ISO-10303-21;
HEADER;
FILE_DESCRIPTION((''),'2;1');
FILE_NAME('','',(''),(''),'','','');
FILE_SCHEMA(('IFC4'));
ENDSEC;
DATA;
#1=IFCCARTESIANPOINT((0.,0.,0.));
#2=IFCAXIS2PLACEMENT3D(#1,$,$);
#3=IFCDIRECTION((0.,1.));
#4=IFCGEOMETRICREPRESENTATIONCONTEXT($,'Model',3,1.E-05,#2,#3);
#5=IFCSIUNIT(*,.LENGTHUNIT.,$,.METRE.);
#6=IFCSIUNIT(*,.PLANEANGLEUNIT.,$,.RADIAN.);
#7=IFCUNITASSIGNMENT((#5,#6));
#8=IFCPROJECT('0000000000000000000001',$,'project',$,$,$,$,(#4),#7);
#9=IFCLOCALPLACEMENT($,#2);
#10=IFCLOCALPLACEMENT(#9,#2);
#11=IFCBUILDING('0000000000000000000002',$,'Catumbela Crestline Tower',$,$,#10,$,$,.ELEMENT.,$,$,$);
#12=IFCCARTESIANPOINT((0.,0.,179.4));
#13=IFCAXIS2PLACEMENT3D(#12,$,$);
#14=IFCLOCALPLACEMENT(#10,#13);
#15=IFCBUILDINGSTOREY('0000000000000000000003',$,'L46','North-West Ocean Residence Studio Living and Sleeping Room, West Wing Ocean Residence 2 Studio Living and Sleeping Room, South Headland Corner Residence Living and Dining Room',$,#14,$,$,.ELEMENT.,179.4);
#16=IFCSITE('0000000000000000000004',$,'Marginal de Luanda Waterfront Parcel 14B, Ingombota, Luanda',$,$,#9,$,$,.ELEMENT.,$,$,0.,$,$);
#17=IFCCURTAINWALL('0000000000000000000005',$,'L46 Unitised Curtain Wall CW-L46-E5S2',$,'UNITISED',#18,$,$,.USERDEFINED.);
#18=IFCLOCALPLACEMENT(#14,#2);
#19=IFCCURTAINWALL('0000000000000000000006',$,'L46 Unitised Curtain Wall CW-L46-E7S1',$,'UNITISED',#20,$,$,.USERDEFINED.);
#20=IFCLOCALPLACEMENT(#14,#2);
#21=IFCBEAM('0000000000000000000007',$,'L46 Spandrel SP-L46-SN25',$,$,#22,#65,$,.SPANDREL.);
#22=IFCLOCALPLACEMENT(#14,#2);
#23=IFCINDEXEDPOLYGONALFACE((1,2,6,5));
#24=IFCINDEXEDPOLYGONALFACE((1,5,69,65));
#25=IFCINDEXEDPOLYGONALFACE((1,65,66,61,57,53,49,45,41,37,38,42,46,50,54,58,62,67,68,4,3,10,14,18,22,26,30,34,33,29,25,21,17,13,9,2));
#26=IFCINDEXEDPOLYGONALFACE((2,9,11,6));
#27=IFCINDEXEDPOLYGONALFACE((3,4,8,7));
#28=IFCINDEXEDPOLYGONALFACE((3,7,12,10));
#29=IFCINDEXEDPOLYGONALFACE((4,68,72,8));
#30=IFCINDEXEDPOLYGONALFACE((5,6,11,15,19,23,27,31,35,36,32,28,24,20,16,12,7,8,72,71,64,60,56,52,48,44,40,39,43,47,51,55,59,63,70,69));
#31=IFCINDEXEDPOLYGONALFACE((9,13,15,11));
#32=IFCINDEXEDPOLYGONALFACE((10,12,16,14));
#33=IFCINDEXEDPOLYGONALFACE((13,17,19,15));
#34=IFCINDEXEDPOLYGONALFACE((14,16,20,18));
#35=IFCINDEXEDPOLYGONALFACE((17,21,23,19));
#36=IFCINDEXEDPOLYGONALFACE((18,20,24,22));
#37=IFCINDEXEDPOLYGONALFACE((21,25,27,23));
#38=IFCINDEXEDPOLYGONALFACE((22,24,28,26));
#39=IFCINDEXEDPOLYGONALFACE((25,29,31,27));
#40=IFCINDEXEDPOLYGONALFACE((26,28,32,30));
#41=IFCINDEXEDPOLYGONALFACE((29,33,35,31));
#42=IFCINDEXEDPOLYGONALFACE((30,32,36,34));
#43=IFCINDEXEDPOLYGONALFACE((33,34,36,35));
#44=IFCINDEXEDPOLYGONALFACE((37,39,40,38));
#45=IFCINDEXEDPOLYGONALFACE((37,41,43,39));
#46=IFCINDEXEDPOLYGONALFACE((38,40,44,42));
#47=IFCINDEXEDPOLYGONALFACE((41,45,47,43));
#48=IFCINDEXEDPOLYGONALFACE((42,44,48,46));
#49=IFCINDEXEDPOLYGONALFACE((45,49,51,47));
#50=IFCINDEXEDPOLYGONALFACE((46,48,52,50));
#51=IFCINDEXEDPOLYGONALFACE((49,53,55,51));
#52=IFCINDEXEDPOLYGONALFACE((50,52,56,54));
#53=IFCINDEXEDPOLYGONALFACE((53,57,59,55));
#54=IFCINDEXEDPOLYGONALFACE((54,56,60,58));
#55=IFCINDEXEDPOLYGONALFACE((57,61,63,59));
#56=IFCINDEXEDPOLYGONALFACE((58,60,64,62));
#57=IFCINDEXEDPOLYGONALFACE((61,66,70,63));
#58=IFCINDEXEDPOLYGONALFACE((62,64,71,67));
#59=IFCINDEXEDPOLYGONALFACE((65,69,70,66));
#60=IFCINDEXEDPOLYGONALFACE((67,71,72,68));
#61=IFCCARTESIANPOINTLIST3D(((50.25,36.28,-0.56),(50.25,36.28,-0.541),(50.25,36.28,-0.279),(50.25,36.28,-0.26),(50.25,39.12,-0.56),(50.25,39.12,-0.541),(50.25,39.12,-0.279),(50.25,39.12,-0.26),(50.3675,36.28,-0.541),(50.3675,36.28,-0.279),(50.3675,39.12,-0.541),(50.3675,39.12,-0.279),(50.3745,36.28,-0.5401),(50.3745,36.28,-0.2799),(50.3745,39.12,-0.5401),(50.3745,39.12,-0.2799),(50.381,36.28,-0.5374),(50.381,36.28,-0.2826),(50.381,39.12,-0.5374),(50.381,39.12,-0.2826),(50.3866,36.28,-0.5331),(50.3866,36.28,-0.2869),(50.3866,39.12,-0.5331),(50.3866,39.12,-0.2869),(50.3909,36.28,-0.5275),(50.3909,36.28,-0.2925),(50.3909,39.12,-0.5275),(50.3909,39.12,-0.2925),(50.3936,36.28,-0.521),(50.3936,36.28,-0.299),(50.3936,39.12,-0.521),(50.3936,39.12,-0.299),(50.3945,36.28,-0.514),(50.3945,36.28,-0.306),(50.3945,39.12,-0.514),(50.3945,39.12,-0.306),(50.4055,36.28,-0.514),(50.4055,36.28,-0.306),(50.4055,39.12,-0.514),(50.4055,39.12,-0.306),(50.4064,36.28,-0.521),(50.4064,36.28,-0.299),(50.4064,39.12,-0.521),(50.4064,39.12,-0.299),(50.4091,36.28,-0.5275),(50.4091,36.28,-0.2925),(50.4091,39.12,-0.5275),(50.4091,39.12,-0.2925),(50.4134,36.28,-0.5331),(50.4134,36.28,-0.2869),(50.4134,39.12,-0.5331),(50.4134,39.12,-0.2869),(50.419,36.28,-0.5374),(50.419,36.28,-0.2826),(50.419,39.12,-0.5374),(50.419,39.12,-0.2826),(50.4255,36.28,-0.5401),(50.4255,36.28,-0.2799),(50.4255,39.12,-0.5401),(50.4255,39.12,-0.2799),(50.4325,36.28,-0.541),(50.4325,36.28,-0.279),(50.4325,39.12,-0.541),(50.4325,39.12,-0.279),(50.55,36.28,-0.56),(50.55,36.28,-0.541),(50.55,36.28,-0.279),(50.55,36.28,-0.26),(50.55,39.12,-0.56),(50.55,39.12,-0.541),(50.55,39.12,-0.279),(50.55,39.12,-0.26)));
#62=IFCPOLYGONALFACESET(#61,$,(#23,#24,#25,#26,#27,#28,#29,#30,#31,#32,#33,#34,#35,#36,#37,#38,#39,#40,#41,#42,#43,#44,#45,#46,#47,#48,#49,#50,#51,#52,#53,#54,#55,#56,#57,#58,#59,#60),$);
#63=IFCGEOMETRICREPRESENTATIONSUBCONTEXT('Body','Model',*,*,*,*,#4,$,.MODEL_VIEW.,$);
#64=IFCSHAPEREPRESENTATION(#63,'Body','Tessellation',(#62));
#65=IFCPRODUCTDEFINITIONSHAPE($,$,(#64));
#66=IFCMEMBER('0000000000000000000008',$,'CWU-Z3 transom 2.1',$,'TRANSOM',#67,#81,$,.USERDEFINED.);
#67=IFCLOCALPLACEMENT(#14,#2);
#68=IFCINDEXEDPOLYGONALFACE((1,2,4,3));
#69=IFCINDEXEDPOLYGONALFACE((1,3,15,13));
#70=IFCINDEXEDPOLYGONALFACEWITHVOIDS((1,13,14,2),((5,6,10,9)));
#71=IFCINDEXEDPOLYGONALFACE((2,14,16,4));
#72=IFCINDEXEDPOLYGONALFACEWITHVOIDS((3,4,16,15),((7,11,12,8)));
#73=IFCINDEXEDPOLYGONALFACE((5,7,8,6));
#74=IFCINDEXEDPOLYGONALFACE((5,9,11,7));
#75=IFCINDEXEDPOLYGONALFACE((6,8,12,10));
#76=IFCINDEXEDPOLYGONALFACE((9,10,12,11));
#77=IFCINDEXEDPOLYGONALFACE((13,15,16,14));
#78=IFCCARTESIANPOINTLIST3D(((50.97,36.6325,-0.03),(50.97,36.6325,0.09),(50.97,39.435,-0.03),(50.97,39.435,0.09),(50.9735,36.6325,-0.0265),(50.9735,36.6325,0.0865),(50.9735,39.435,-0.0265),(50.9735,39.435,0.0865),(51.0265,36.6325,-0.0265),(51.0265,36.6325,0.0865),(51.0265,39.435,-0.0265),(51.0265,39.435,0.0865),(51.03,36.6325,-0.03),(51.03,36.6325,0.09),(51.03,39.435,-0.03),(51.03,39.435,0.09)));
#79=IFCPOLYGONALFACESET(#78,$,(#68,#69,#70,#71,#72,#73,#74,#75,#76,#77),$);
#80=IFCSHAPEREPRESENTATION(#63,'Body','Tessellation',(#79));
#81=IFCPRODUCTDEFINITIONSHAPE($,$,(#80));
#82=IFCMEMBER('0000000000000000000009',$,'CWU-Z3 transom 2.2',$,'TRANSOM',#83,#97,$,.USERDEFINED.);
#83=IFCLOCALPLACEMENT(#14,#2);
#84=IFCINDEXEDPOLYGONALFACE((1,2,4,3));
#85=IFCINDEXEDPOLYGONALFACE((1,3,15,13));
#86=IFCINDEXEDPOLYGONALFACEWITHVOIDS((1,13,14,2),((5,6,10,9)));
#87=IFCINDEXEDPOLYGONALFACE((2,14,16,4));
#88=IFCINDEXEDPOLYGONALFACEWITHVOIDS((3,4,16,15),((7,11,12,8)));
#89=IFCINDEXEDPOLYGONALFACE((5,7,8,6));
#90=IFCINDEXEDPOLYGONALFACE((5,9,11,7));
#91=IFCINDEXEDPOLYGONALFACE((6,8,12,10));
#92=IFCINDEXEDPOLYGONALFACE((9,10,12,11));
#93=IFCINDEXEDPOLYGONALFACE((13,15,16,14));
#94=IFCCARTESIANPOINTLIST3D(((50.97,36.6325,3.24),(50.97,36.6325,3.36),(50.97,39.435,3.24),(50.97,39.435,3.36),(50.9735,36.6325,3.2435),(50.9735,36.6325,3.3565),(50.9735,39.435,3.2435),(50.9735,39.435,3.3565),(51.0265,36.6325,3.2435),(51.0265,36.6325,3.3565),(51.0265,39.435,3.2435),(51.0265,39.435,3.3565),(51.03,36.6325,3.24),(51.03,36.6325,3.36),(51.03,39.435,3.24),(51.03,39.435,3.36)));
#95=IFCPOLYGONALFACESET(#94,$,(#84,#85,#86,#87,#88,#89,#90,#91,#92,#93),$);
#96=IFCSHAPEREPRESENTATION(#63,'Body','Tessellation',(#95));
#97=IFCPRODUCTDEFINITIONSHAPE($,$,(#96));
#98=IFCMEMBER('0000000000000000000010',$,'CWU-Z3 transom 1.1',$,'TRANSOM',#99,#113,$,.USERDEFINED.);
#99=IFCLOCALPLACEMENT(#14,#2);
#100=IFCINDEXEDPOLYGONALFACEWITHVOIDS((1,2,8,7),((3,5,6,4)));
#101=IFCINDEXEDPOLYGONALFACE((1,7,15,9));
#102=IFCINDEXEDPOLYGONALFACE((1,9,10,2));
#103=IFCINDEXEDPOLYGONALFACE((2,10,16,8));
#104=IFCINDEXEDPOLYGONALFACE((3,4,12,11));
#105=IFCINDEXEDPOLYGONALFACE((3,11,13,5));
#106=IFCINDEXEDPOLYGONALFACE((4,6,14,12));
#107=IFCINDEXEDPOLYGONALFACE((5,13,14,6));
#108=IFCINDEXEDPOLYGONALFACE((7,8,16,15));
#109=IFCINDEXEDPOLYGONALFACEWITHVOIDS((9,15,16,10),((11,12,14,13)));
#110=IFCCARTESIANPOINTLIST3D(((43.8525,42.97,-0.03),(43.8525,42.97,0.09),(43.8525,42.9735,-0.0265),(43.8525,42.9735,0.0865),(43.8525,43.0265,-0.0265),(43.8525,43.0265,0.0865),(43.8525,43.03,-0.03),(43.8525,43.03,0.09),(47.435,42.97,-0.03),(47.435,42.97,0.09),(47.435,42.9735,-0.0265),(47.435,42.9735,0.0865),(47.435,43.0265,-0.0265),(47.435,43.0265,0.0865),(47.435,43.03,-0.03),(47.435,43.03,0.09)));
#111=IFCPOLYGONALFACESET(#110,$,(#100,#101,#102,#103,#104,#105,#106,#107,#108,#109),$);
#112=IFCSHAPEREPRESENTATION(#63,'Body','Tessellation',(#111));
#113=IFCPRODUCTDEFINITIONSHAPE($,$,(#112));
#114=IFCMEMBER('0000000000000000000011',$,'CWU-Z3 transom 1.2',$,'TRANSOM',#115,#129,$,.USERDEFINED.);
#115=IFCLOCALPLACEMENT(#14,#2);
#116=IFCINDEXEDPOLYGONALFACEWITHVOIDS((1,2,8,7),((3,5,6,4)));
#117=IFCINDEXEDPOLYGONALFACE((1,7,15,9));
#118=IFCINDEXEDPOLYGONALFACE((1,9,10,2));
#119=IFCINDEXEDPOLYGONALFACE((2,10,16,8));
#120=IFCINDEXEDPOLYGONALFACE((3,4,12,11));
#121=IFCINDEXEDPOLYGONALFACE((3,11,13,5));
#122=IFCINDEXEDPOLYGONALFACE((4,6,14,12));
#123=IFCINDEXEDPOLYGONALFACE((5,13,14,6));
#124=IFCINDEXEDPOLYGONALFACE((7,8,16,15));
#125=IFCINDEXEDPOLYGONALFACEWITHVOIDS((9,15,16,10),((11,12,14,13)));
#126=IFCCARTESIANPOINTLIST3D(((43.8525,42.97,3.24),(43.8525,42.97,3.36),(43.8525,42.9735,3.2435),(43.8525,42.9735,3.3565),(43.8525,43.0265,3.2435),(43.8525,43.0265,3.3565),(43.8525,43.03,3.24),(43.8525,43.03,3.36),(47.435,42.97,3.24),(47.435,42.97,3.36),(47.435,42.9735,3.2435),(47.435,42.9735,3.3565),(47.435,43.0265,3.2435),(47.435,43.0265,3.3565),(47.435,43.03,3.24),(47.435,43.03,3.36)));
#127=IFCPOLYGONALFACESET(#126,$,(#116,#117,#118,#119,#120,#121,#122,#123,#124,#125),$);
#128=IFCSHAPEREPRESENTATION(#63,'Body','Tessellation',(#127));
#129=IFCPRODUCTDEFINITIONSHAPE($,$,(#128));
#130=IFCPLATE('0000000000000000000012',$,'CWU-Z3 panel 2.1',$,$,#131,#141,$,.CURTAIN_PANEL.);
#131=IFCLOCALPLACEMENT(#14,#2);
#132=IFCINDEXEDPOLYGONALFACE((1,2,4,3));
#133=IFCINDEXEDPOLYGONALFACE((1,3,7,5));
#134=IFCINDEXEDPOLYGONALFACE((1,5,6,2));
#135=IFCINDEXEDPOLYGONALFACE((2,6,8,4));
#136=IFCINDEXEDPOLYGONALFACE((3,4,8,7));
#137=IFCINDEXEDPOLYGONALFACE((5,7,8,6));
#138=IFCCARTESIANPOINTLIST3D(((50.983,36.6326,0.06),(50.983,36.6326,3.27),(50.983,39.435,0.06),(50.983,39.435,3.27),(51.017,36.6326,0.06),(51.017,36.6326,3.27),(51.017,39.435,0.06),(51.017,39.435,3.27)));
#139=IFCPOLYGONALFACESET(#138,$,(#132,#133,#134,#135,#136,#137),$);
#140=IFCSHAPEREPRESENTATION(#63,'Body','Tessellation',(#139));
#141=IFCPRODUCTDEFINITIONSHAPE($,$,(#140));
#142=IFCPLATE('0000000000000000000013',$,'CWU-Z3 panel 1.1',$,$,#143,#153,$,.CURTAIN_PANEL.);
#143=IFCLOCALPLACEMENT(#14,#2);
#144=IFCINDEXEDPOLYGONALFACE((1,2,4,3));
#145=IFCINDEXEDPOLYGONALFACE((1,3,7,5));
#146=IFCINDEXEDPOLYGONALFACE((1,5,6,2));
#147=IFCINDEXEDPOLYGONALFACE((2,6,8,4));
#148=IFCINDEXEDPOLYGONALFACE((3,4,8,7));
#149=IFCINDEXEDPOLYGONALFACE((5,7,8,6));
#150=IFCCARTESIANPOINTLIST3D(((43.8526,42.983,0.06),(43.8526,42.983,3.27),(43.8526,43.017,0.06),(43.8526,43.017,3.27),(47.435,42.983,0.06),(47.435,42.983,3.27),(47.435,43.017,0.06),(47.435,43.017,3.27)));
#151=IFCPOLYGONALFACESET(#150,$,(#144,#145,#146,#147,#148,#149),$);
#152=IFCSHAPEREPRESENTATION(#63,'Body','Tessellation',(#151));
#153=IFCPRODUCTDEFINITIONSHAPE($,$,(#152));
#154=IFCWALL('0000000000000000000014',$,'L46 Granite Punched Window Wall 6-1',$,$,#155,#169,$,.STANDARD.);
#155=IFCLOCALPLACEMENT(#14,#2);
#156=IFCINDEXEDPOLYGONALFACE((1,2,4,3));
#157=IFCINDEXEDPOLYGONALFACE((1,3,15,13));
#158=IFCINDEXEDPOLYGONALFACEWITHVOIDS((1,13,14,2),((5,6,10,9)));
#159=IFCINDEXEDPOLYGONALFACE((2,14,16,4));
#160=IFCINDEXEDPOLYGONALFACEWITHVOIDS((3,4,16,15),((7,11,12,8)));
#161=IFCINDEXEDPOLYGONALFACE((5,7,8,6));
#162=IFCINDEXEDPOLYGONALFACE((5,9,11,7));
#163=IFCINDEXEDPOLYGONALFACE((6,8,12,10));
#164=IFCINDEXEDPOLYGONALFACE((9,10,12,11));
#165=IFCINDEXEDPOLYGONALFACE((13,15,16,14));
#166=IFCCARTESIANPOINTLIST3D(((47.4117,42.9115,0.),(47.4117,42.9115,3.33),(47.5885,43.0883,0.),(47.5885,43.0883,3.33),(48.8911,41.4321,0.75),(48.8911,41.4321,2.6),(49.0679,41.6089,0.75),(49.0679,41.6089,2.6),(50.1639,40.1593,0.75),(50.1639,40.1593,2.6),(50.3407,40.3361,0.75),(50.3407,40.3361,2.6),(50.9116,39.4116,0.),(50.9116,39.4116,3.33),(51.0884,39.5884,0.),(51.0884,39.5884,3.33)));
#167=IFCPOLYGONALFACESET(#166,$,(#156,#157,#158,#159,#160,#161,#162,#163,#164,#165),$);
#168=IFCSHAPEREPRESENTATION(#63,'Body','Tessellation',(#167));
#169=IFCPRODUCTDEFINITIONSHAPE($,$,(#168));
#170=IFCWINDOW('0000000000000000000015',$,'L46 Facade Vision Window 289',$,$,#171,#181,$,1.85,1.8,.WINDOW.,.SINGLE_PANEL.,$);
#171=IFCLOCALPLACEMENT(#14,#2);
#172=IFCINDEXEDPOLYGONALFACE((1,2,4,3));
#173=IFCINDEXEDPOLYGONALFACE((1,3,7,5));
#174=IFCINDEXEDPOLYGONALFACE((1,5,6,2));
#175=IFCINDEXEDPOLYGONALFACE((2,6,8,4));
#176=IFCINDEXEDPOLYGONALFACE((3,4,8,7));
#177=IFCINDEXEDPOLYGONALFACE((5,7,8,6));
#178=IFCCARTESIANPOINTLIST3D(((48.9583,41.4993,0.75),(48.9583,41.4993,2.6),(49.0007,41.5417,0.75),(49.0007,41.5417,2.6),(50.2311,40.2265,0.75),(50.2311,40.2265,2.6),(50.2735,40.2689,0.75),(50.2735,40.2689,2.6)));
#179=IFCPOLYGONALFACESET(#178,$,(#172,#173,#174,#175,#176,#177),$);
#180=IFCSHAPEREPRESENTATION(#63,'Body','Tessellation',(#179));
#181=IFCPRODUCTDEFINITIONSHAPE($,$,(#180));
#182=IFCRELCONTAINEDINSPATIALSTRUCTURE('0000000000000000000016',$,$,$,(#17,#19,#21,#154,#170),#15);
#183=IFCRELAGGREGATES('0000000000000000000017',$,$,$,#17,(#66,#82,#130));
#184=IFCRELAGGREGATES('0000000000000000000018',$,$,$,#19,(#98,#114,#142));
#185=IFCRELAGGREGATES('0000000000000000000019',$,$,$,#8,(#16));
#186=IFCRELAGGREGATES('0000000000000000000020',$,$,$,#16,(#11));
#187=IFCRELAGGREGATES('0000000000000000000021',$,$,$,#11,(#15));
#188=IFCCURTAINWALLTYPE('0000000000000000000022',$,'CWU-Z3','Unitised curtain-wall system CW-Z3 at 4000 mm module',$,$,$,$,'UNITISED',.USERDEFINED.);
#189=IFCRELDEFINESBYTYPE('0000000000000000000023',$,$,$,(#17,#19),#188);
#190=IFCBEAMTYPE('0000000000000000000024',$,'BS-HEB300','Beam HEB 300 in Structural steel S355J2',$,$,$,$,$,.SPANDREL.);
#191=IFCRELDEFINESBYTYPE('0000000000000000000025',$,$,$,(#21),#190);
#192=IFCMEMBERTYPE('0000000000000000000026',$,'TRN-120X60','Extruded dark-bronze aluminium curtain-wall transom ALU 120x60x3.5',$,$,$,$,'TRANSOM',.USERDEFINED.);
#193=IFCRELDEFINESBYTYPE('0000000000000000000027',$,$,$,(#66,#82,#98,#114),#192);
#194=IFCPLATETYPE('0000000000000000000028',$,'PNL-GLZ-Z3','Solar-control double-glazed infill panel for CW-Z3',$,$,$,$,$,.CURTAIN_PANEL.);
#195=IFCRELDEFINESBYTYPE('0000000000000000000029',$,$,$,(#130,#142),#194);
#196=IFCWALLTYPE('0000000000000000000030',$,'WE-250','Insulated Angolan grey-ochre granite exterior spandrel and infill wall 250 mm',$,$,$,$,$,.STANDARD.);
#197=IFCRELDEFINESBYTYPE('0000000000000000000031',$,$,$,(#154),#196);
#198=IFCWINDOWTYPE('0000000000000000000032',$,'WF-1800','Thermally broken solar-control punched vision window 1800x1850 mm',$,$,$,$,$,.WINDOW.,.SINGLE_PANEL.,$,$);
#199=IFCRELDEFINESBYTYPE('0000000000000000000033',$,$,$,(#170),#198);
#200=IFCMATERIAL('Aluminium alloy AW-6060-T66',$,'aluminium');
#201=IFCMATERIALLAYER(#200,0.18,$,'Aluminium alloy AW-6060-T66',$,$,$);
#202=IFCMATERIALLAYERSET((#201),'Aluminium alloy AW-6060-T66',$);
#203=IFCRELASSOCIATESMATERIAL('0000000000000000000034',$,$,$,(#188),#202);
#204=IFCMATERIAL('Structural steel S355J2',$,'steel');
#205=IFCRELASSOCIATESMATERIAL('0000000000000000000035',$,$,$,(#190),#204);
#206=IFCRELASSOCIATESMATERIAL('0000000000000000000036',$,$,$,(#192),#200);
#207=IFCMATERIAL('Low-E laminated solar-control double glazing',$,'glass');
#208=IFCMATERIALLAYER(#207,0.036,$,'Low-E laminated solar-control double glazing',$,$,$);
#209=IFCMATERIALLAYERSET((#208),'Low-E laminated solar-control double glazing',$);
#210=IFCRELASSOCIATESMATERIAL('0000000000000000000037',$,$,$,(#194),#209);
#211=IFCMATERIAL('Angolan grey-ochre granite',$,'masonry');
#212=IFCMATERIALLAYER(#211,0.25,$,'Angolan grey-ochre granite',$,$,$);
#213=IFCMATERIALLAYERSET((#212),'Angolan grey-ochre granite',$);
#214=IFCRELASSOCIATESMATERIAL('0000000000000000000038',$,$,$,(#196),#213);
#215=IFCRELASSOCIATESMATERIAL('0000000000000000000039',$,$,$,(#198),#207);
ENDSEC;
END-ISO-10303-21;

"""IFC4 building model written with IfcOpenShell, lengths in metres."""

from ifc_helpers import new_model, si_unit, direction, frame, frame_2d, origin, origin_2d, place, context, subcontext, project, spatial, rectangle, hollow_rectangle, i_section, extrude, material, layer, layer_set, material_profile, profile_set, type_object, element, fill, aggregate, save


model = new_model("IFC4")

# Units and contexts
model_context = context("Model", 3, precision=1e-05, world=origin(), true_north=direction((0.0, 1.0)))
body_context = subcontext(model_context, "Body", "Model", "MODEL_VIEW")
ifc_project = project(units=[si_unit("LENGTHUNIT", "METRE"), si_unit("PLANEANGLEUNIT", "RADIAN")], contexts=[model_context])

# Site, building, storey
site_placement = place(None, origin())
site = spatial("IfcSite", under=ifc_project, at=site_placement, Name="Marginal de Luanda Waterfront Parcel 14B, Ingombota, Luanda", CompositionType="ELEMENT", RefElevation=0.0)
building_placement = place(site_placement, origin())
building = spatial("IfcBuilding", under=site, at=building_placement, Name="Catumbela Crestline Tower", CompositionType="ELEMENT")
storey_placement = place(building_placement, frame((0.0, 0.0, 179.4)))
storey = spatial("IfcBuildingStorey", under=building, at=storey_placement, Name="L46", Description="North-West Ocean Residence Studio Living and Sleeping Room, West Wing Ocean Residence 2 Studio Living and Sleeping Room, South Headland Corner Residence Living and Dining Room", CompositionType="ELEMENT", Elevation=179.4)

# Shared definitions
ifc_material_1 = material(Name="Structural steel S355J2", Category="steel")

# Curtain wall
ifc_material_2 = material(Name="Aluminium alloy AW-6060-T66", Category="aluminium")
ifc_layer_1 = layer(ifc_material_2, 0.18, Name="Aluminium alloy AW-6060-T66")
ifc_layer_set_1 = layer_set([ifc_layer_1], Name="Aluminium alloy AW-6060-T66")
curtain_wall_type = type_object("IfcCurtainWallType", Name="CWU-Z3", Description="Unitised curtain-wall system CW-Z3 at 4000 mm module", ElementType="UNITISED", PredefinedType="USERDEFINED", material=ifc_layer_set_1)
curtain_wall_1_placement = place(storey_placement, origin())
curtain_wall_1 = element("IfcCurtainWall", 1, at=curtain_wall_1_placement, inside=storey, type_object=curtain_wall_type, Name="L46 Unitised Curtain Wall CW-L46-E5S2", ObjectType="UNITISED", PredefinedType="USERDEFINED")

# Curtain wall
curtain_wall_2_placement = place(storey_placement, origin())
curtain_wall_2 = element("IfcCurtainWall", 2, at=curtain_wall_2_placement, inside=storey, type_object=curtain_wall_type, Name="L46 Unitised Curtain Wall CW-L46-E7S1", ObjectType="UNITISED", PredefinedType="USERDEFINED")

# Beam
ifc_material_profile_1 = material_profile(ifc_material_1, i_section(OverallWidth=0.3, OverallDepth=0.3, WebThickness=0.011, FlangeThickness=0.019, FilletRadius=0.027, at=origin_2d()), Name="HEB 300")
ifc_profile_set_1 = profile_set([ifc_material_profile_1], Name="Structural steel S355J2")
beam_type = type_object("IfcBeamType", Name="BS-HEB300", Description="Beam HEB 300 in Structural steel S355J2", PredefinedType="SPANDREL", material=ifc_profile_set_1)
beam_1_placement = place(storey_placement, frame((50.4, 36.28, -0.41), z_axis=(0.0, 1.0, 0.0), x_axis=(-1.0, 0.0, 0.0)))
element("IfcBeam", 3, at=beam_1_placement, inside=storey, type_object=beam_type, Name="L46 Spandrel SP-L46-SN25", PredefinedType="SPANDREL", context=body_context, shape_type="SweptSolid", body=[
    extrude(i_section(OverallWidth=0.3, OverallDepth=0.3, WebThickness=0.011, FlangeThickness=0.019, FilletRadius=0.027, at=origin_2d()), origin(), (0.0, 0.0, 1.0), 2.84),
])

# Members
ifc_material_profile_2 = material_profile(ifc_material_2, hollow_rectangle(XDim=0.06, YDim=0.12, WallThickness=0.0035, at=origin_2d()), Name="ALU 120x60x3.5")
ifc_profile_set_2 = profile_set([ifc_material_profile_2], Name="Aluminium alloy AW-6060-T66")
member_type_1 = type_object("IfcMemberType", Name="TRN-120X60", Description="Extruded dark-bronze aluminium curtain-wall transom ALU 120x60x3.5", ElementType="TRANSOM", PredefinedType="USERDEFINED", material=ifc_profile_set_2)
member_1_placement = place(storey_placement, frame((51.0, 36.6325, 0.03), z_axis=(0.0, 1.0, 0.0), x_axis=(-1.0, 0.0, 0.0)))
member_1 = element("IfcMember", 4, at=member_1_placement, type_object=member_type_1, Name="CWU-Z3 transom 2.1", ObjectType="TRANSOM", PredefinedType="USERDEFINED", context=body_context, shape_type="SweptSolid", body=[
    extrude(hollow_rectangle(XDim=0.06, YDim=0.12, WallThickness=0.0035, at=origin_2d()), origin(), (0.0, 0.0, 1.0), 2.8025),
])
member_2_placement = place(storey_placement, frame((51.0, 36.6325, 3.3), z_axis=(0.0, 1.0, 0.0), x_axis=(-1.0, 0.0, 0.0)))
member_2 = element("IfcMember", 5, at=member_2_placement, type_object=member_type_1, Name="CWU-Z3 transom 2.2", ObjectType="TRANSOM", PredefinedType="USERDEFINED", context=body_context, shape_type="SweptSolid", body=[
    extrude(hollow_rectangle(XDim=0.06, YDim=0.12, WallThickness=0.0035, at=origin_2d()), origin(), (0.0, 0.0, 1.0), 2.8025),
])
member_3_placement = place(storey_placement, frame((47.435, 43.0, 0.03), z_axis=(-1.0, 0.0, 0.0), x_axis=(0.0, -1.0, 0.0)))
member_3 = element("IfcMember", 6, at=member_3_placement, type_object=member_type_1, Name="CWU-Z3 transom 1.1", ObjectType="TRANSOM", PredefinedType="USERDEFINED", context=body_context, shape_type="SweptSolid", body=[
    extrude(hollow_rectangle(XDim=0.06, YDim=0.12, WallThickness=0.0035, at=origin_2d()), origin(), (0.0, 0.0, 1.0), 3.5825),
])
member_4_placement = place(storey_placement, frame((47.435, 43.0, 3.3), z_axis=(-1.0, 0.0, 0.0), x_axis=(0.0, -1.0, 0.0)))
member_4 = element("IfcMember", 7, at=member_4_placement, type_object=member_type_1, Name="CWU-Z3 transom 1.2", ObjectType="TRANSOM", PredefinedType="USERDEFINED", context=body_context, shape_type="SweptSolid", body=[
    extrude(hollow_rectangle(XDim=0.06, YDim=0.12, WallThickness=0.0035, at=origin_2d()), origin(), (0.0, 0.0, 1.0), 3.5825),
])

# Plates
ifc_material_3 = material(Name="Low-E laminated solar-control double glazing", Category="glass")
ifc_layer_2 = layer(ifc_material_3, 0.036, Name="Low-E laminated solar-control double glazing")
ifc_layer_set_2 = layer_set([ifc_layer_2], Name="Low-E laminated solar-control double glazing")
plate_type = type_object("IfcPlateType", Name="PNL-GLZ-Z3", Description="Solar-control double-glazed infill panel for CW-Z3", PredefinedType="CURTAIN_PANEL", material=ifc_layer_set_2)
plate_1_placement = place(storey_placement, frame((51.0, 38.0338, 0.06), z_axis=(0.0, 0.0, 1.0), x_axis=(0.0, 1.0, 0.0)))
plate_1 = element("IfcPlate", 8, at=plate_1_placement, type_object=plate_type, Name="CWU-Z3 panel 2.1", PredefinedType="CURTAIN_PANEL", context=body_context, shape_type="SweptSolid", body=[
    extrude(rectangle(XDim=2.8025, YDim=0.034, at=origin_2d()), origin(), (0.0, 0.0, 1.0), 3.21),
])
aggregate(curtain_wall_1, [member_1, member_2, plate_1])
plate_2_placement = place(storey_placement, frame((45.6438, 43.0, 0.06), z_axis=(0.0, 0.0, 1.0), x_axis=(-1.0, 0.0, 0.0)))
plate_2 = element("IfcPlate", 9, at=plate_2_placement, type_object=plate_type, Name="CWU-Z3 panel 1.1", PredefinedType="CURTAIN_PANEL", context=body_context, shape_type="SweptSolid", body=[
    extrude(rectangle(XDim=3.5825, YDim=0.034, at=origin_2d()), origin(), (0.0, 0.0, 1.0), 3.21),
])
aggregate(curtain_wall_2, [member_3, member_4, plate_2])

# Wall, opening, window
ifc_material_4 = material(Name="Angolan grey-ochre granite", Category="masonry")
ifc_layer_3 = layer(ifc_material_4, 0.25, Name="Angolan grey-ochre granite")
ifc_layer_set_3 = layer_set([ifc_layer_3], Name="Angolan grey-ochre granite")
wall_type_1 = type_object("IfcWallType", Name="WE-250", Description="Insulated Angolan grey-ochre granite exterior spandrel and infill wall 250 mm", PredefinedType="STANDARD", material=ifc_layer_set_3)
wall_1_placement = place(storey_placement, frame((51.0, 39.5, 0.0), z_axis=(0.0, 0.0, 1.0), x_axis=(-0.707107, 0.707107, 0.0)))
wall_1 = element("IfcWall", 10, at=wall_1_placement, inside=storey, type_object=wall_type_1, Name="L46 Granite Punched Window Wall 6-1", PredefinedType="STANDARD", context=body_context, shape_type="SweptSolid", body=[
    extrude(rectangle(XDim=4.9497, YDim=0.25, at=frame_2d((2.4748, 0.0))), origin(), (0.0, 0.0, 1.0), 3.33),
])
opening_1_placement = place(wall_1_placement, frame((1.0574, 0.0, 0.75)))
opening_1 = element("IfcOpeningElement", 11, at=opening_1_placement, cuts=wall_1, PredefinedType="OPENING", context=body_context, shape_type="SweptSolid", body=[
    extrude(rectangle(XDim=1.8, YDim=1.85, at=frame_2d((0.9, 0.925))), frame((0.0, 0.135, 0.0), z_axis=(0.0, -1.0, 0.0), x_axis=(1.0, 0.0, 0.0)), (0.0, 0.0, 1.0), 0.27),
])
window_type = type_object("IfcWindowType", Name="WF-1800", Description="Thermally broken solar-control punched vision window 1800x1850 mm", PartitioningType="SINGLE_PANEL", PredefinedType="WINDOW", material=ifc_material_3)
window_placement = place(opening_1_placement, origin())
window = element("IfcWindow", 12, at=window_placement, inside=storey, type_object=window_type, Name="L46 Facade Vision Window 289", OverallHeight=1.85, OverallWidth=1.8, PartitioningType="SINGLE_PANEL", PredefinedType="WINDOW", context=body_context, shape_type="SweptSolid", body=[
    extrude(rectangle(XDim=1.8, YDim=1.85, at=frame_2d((0.9, 0.925))), frame((0.0, 0.03, 0.0), z_axis=(0.0, -1.0, 0.0), x_axis=(1.0, 0.0, 0.0)), (0.0, 0.0, 1.0), 0.06),
])
fill(opening_1, window)

save(model, "model.ifc")
